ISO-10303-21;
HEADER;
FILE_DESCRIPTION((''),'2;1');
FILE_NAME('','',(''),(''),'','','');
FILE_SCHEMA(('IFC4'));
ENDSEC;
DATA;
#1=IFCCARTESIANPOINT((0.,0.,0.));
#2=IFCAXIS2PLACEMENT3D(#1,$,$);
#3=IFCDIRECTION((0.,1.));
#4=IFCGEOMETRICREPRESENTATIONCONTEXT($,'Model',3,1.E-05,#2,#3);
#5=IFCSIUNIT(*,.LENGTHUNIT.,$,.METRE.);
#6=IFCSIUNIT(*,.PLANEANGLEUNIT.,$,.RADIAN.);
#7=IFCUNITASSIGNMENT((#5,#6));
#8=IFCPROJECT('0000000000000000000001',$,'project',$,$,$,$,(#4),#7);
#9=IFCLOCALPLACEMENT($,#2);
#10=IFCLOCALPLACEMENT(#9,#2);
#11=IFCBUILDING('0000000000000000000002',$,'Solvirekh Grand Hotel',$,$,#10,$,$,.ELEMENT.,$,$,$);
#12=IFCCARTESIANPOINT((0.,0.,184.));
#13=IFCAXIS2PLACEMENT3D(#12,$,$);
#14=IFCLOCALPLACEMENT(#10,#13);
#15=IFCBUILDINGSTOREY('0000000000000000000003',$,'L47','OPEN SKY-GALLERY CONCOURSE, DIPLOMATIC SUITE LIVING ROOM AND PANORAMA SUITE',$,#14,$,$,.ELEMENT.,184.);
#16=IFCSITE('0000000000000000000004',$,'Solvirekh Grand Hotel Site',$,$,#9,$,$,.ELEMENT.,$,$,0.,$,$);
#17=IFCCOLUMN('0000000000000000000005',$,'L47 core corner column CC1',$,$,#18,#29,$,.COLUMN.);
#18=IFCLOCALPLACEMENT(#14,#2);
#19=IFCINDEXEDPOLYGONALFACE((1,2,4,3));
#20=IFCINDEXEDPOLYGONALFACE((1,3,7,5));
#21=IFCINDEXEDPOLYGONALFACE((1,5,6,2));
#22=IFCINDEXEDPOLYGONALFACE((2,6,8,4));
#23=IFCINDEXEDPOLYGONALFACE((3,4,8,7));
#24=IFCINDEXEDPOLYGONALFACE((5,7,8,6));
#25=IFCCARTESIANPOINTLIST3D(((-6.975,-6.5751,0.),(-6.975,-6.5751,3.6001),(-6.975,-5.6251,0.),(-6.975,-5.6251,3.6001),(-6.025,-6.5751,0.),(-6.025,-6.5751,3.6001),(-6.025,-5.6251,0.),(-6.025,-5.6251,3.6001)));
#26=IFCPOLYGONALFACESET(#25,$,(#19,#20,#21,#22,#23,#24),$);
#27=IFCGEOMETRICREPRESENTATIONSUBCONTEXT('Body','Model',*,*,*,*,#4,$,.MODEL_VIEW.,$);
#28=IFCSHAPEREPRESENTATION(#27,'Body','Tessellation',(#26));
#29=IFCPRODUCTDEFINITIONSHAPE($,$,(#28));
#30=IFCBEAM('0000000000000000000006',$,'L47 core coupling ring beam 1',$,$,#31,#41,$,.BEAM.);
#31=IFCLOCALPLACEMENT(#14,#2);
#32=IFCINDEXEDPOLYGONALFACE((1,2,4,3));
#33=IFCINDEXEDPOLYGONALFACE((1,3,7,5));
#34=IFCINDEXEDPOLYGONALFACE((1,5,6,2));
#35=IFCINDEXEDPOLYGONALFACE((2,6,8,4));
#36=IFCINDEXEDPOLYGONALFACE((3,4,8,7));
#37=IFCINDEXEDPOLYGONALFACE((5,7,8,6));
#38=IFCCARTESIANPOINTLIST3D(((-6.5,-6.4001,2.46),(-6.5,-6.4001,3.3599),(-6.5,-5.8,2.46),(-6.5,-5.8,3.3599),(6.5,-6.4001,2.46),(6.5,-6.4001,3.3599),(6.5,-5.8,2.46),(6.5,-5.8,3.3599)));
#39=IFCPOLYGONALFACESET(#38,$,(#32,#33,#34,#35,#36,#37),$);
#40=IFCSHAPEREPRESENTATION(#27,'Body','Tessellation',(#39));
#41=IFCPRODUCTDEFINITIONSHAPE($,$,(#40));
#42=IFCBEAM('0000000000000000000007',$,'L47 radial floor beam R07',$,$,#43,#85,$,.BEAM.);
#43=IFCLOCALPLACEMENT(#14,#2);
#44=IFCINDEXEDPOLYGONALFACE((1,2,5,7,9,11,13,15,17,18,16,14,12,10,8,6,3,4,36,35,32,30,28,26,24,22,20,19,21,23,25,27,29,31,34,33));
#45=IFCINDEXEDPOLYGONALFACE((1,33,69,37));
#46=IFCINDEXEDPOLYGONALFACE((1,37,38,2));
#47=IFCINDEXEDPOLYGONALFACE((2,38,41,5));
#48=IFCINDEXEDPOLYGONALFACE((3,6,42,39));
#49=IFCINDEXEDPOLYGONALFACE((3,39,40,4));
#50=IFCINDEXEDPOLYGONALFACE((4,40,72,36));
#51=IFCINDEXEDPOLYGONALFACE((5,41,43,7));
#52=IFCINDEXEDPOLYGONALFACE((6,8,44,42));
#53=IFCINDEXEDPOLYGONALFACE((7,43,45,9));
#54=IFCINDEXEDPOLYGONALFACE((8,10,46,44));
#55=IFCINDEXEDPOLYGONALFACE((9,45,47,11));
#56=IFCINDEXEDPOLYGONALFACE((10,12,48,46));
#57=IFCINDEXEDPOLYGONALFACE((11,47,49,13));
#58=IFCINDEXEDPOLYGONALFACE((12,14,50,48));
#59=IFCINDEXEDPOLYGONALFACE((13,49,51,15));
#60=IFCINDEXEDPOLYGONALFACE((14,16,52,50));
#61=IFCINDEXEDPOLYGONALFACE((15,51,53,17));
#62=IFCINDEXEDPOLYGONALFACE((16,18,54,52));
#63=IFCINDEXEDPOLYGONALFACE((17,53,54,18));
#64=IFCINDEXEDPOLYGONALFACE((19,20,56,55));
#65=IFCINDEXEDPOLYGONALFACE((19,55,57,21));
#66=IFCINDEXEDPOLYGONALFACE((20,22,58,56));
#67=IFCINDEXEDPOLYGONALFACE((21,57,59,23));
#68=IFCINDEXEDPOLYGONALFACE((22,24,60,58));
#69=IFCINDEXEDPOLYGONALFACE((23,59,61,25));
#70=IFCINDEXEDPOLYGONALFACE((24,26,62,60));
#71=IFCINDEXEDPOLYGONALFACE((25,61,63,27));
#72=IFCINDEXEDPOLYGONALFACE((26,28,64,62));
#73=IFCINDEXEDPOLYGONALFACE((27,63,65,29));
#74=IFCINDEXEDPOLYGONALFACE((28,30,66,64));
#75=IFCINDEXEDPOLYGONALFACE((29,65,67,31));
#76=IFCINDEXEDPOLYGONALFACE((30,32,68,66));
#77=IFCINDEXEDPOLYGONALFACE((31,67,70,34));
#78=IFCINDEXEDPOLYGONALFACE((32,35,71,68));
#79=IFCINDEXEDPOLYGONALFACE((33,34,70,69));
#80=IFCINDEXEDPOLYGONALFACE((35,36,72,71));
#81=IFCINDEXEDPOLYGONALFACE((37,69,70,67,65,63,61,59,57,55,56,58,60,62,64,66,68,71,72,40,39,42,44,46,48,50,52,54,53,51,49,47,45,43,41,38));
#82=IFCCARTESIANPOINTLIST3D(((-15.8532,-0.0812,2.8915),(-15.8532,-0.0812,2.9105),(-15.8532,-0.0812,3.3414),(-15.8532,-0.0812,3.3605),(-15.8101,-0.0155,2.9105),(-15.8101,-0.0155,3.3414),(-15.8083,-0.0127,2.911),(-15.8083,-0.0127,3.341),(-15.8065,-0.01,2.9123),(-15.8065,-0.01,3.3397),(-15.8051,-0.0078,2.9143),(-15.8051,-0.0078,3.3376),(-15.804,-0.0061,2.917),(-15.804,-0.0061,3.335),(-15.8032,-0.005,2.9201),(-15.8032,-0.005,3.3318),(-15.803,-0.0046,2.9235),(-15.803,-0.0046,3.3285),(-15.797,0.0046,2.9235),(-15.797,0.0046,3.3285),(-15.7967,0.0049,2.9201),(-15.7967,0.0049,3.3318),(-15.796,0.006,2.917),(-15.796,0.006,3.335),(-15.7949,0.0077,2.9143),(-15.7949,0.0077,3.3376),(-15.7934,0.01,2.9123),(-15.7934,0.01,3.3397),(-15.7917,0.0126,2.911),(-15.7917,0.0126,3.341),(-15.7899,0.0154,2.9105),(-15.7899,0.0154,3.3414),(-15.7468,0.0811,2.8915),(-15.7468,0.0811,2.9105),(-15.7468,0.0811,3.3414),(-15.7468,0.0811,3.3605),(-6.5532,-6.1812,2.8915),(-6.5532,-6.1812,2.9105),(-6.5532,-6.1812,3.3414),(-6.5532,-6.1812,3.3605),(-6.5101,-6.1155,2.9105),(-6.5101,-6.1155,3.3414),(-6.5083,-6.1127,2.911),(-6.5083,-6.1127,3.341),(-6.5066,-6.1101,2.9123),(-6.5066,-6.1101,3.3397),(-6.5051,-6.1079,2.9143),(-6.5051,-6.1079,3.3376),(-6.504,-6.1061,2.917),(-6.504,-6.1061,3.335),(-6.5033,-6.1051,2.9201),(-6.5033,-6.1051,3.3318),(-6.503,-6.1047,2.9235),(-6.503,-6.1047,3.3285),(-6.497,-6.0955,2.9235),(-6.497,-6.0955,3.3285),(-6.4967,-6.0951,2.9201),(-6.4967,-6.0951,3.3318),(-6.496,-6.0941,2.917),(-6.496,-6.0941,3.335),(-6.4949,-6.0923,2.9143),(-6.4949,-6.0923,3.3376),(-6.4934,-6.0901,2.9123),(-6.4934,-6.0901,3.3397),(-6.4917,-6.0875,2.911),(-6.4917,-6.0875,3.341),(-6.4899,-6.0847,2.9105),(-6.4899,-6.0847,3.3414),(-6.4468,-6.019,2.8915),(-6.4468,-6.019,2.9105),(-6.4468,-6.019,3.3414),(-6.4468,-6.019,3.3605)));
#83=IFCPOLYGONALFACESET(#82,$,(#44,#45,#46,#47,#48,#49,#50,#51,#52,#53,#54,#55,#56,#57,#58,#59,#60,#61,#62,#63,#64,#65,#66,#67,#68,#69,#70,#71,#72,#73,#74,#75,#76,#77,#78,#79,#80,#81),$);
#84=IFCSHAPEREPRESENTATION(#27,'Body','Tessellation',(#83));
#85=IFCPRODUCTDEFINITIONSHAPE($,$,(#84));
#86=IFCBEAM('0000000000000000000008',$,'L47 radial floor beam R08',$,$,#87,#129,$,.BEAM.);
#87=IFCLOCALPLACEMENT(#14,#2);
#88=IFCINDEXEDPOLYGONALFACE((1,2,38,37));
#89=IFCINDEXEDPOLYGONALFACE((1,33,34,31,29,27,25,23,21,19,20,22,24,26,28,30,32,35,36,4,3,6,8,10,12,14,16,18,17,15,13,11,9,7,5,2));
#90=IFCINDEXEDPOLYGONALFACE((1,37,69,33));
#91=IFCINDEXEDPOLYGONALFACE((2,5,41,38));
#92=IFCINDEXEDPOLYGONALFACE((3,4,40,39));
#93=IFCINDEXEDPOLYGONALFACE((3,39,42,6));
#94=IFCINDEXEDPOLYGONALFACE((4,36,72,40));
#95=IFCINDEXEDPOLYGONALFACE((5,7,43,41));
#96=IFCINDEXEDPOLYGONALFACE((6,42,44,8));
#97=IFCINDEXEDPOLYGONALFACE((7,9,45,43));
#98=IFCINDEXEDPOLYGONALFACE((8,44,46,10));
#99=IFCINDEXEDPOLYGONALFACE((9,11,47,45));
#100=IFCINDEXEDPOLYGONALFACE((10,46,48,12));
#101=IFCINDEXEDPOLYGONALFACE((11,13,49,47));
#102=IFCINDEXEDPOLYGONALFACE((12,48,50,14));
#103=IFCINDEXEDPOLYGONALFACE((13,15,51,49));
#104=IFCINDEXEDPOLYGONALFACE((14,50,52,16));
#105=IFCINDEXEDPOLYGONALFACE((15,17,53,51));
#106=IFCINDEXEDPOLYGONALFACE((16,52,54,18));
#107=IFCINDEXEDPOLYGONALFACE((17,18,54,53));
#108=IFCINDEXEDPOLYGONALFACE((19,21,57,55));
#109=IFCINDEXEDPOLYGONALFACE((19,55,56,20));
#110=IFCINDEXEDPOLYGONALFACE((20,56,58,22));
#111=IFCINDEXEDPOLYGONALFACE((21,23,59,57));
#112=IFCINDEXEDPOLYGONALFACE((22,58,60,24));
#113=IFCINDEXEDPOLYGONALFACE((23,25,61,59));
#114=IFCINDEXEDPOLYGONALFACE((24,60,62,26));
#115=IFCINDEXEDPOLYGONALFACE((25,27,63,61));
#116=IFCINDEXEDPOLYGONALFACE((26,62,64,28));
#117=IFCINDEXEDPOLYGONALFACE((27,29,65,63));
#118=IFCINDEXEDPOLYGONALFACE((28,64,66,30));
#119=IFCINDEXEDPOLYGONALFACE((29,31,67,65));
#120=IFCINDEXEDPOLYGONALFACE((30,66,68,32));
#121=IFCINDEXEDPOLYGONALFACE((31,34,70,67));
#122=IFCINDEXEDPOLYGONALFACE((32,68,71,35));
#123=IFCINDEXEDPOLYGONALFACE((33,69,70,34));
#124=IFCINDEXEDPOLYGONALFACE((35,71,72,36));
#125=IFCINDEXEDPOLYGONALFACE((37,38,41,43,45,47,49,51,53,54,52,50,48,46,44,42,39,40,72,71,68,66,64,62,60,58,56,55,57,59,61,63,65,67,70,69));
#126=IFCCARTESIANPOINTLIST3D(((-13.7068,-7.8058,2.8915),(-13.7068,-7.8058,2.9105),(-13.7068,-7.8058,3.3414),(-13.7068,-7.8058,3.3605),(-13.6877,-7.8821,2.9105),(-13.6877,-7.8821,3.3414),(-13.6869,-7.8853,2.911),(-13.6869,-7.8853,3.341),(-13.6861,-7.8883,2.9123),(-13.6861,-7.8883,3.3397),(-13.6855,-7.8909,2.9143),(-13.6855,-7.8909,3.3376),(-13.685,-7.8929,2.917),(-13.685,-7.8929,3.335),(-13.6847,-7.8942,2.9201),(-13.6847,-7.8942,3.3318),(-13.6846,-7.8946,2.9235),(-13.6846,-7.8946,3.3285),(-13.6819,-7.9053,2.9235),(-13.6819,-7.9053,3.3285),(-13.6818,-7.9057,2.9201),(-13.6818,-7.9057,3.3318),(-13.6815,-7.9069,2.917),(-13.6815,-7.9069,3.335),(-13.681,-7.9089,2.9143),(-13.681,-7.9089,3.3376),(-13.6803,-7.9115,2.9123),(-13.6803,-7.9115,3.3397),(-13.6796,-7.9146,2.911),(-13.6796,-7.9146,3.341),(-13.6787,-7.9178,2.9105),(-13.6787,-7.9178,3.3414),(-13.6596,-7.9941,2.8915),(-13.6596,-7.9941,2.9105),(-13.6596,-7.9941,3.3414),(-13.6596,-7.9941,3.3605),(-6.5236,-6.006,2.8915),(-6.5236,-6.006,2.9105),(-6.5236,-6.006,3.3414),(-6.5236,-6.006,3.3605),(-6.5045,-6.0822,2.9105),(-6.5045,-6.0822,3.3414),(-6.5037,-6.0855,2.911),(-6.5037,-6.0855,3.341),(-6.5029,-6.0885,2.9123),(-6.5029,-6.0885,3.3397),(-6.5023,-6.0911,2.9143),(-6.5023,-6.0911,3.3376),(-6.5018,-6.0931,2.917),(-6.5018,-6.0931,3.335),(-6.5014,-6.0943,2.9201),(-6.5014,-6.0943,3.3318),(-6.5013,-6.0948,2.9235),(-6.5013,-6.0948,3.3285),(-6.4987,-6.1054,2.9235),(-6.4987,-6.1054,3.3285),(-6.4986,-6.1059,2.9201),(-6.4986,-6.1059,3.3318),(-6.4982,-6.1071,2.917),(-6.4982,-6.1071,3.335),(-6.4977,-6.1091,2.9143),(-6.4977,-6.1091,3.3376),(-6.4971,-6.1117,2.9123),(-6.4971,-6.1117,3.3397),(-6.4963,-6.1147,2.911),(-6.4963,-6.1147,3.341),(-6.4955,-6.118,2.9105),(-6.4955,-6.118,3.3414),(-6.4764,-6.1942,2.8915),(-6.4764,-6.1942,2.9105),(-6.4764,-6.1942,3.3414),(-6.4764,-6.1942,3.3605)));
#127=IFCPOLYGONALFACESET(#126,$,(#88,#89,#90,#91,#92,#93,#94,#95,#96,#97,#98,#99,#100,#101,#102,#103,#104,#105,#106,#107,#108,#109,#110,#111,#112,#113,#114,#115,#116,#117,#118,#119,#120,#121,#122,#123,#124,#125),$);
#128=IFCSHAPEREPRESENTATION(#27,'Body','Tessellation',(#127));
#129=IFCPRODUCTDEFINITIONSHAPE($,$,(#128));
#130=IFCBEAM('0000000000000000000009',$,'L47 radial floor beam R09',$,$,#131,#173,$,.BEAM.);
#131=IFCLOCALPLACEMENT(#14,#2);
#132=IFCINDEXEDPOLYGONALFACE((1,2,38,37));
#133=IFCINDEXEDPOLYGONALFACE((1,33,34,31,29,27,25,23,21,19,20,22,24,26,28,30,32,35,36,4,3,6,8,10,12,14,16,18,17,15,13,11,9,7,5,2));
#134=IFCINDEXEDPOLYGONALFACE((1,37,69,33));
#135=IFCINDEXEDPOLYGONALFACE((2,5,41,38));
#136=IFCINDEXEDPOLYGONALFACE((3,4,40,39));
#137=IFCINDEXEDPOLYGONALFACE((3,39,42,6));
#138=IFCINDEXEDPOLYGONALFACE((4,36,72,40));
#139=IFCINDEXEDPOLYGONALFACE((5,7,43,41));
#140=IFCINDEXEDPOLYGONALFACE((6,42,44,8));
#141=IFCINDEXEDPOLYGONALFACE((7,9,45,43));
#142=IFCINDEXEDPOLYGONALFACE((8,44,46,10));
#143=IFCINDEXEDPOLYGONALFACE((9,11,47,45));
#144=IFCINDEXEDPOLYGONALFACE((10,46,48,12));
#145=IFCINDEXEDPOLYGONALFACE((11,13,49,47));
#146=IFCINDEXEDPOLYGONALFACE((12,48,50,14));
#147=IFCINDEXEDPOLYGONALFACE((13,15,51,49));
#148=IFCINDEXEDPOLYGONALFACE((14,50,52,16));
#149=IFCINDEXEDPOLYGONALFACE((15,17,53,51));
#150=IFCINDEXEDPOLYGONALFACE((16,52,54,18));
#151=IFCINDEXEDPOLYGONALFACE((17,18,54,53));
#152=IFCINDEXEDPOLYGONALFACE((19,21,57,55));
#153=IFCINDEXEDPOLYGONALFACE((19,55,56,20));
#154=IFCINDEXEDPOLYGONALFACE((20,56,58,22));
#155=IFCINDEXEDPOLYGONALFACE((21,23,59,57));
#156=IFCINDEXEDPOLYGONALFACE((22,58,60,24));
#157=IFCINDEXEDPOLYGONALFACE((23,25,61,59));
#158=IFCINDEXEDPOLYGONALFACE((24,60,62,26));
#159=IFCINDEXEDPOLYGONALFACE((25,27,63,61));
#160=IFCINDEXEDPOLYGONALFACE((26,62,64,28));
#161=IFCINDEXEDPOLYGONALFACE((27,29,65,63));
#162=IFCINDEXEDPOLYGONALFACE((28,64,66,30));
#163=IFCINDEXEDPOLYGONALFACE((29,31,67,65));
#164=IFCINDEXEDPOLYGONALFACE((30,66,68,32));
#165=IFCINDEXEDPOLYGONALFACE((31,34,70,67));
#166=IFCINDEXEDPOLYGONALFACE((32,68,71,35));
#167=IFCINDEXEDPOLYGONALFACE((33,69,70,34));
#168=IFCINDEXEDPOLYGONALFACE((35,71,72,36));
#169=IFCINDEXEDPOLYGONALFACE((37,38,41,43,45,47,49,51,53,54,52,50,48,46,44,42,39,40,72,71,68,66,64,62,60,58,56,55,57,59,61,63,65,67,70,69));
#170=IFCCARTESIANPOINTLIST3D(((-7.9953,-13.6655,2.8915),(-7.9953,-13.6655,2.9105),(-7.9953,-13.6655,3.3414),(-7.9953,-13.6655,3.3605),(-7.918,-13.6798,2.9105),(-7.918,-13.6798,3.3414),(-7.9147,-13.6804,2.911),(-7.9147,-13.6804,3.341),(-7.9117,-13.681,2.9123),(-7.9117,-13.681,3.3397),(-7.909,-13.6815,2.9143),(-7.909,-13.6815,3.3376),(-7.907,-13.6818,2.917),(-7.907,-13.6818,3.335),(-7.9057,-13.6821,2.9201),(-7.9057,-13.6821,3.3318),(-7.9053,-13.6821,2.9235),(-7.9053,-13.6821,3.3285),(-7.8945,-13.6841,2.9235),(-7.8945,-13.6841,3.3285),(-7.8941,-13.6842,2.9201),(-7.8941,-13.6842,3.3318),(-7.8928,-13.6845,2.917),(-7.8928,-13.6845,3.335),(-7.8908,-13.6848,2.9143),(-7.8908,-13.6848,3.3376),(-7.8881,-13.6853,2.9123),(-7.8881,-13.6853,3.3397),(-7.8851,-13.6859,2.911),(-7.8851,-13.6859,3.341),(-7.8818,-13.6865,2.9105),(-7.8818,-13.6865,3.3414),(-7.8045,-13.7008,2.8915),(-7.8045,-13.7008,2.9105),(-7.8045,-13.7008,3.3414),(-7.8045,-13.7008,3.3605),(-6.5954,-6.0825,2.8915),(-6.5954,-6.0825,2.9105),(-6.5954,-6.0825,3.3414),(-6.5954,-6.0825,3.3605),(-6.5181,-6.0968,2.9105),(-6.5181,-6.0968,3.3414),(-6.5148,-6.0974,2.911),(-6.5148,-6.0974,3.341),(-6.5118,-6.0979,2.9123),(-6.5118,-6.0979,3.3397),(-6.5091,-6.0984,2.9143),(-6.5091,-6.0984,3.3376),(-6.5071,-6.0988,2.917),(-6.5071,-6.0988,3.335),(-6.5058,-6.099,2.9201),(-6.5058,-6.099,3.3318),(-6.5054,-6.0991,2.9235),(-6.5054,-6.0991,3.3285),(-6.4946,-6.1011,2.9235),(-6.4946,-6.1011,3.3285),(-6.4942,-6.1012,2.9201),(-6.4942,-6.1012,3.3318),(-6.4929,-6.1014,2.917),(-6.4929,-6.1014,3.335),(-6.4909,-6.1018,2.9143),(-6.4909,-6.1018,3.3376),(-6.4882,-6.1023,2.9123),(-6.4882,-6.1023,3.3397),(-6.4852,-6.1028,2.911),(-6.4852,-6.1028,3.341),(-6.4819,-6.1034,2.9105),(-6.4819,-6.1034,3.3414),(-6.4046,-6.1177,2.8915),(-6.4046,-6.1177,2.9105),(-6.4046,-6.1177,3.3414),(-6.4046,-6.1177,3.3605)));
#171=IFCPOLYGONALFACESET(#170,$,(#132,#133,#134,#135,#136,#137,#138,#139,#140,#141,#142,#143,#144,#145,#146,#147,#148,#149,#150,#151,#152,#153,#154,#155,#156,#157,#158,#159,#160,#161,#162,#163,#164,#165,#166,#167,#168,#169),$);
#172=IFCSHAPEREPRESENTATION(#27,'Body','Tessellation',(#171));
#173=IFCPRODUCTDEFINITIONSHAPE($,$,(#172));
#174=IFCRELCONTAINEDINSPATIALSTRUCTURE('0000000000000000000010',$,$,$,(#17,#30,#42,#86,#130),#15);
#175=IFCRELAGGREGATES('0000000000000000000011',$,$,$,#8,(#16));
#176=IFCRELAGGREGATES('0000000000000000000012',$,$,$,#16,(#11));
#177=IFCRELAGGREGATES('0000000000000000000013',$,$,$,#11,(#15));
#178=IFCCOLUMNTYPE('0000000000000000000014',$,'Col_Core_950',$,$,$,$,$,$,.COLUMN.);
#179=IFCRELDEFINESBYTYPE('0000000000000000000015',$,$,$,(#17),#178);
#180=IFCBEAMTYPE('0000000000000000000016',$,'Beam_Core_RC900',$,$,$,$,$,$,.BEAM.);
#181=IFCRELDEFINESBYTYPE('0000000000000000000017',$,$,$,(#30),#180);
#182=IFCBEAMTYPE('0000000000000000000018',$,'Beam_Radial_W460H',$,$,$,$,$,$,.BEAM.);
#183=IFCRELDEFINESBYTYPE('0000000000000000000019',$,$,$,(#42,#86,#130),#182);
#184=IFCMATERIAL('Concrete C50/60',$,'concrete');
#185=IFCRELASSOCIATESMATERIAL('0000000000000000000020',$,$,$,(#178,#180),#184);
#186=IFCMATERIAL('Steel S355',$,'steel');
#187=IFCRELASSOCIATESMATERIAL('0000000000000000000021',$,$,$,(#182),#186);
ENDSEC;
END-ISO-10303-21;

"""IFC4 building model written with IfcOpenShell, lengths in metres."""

from ifc_helpers import new_model, si_unit, direction, frame, origin, origin_2d, place, context, subcontext, project, spatial, rectangle, i_section, extrude, material, material_profile, profile_set, type_object, element, save


model = new_model("IFC4")

# Units and contexts
model_context = context("Model", 3, precision=1e-05, world=origin(), true_north=direction((0.0, 1.0)))
body_context = subcontext(model_context, "Body", "Model", "MODEL_VIEW")
ifc_project = project(units=[si_unit("LENGTHUNIT", "METRE"), si_unit("PLANEANGLEUNIT", "RADIAN")], contexts=[model_context])

# Site, building, storey
site_placement = place(None, origin())
site = spatial("IfcSite", under=ifc_project, at=site_placement, Name="Solvirekh Grand Hotel Site", CompositionType="ELEMENT", RefElevation=0.0)
building_placement = place(site_placement, origin())
building = spatial("IfcBuilding", under=site, at=building_placement, Name="Solvirekh Grand Hotel", CompositionType="ELEMENT")
storey_placement = place(building_placement, frame((0.0, 0.0, 184.0)))
storey = spatial("IfcBuildingStorey", under=building, at=storey_placement, Name="L47", Description="OPEN SKY-GALLERY CONCOURSE, DIPLOMATIC SUITE LIVING ROOM AND PANORAMA SUITE", CompositionType="ELEMENT", Elevation=184.0)

# Column
ifc_material_1 = material(Name="Concrete C50/60", Category="concrete")
ifc_material_profile_1 = material_profile(ifc_material_1, rectangle(XDim=0.95, YDim=0.95, at=origin_2d()), Name="RC 950X950")
ifc_profile_set_1 = profile_set([ifc_material_profile_1], Name="Concrete C50/60")
column_type = type_object("IfcColumnType", Name="Col_Core_950", PredefinedType="COLUMN", material=ifc_profile_set_1)
column_placement = place(storey_placement, frame((-6.5, -6.1001, 0.0), z_axis=(0.0, 0.0, 1.0), x_axis=(1.0, 0.0, 0.0)))
element("IfcColumn", 1, at=column_placement, inside=storey, type_object=column_type, Name="L47 core corner column CC1", PredefinedType="COLUMN", context=body_context, shape_type="SweptSolid", body=[
    extrude(rectangle(XDim=0.95, YDim=0.95, at=origin_2d()), origin(), (0.0, 0.0, 1.0), 3.6001),
])

# Beams
ifc_material_profile_2 = material_profile(ifc_material_1, rectangle(XDim=0.6001, YDim=0.8999, at=origin_2d()), Name="RC BEAM 600X900")
ifc_profile_set_2 = profile_set([ifc_material_profile_2], Name="Concrete C50/60")
beam_type_1 = type_object("IfcBeamType", Name="Beam_Core_RC900", PredefinedType="BEAM", material=ifc_profile_set_2)
beam_1_placement = place(storey_placement, frame((-6.5, -6.1001, 2.9099), z_axis=(1.0, 0.0, 0.0), x_axis=(0.0, 1.0, 0.0)))
element("IfcBeam", 2, at=beam_1_placement, inside=storey, type_object=beam_type_1, Name="L47 core coupling ring beam 1", PredefinedType="BEAM", context=body_context, shape_type="SweptSolid", body=[
    extrude(rectangle(XDim=0.6001, YDim=0.8999, at=origin_2d()), origin(), (0.0, 0.0, 1.0), 13.0),
])
ifc_material_2 = material(Name="Steel S355", Category="steel")
ifc_material_profile_3 = material_profile(ifc_material_2, i_section(OverallWidth=0.1941, OverallDepth=0.469, WebThickness=0.011, FlangeThickness=0.019, FilletRadius=0.0129, at=origin_2d()), Name="W460X106")
ifc_profile_set_3 = profile_set([ifc_material_profile_3], Name="Steel S355")
beam_type_2 = type_object("IfcBeamType", Name="Beam_Radial_W460H", PredefinedType="BEAM", material=ifc_profile_set_3)
beam_2_placement = place(storey_placement, frame((-6.5, -6.1001, 3.126), z_axis=(-0.836174, 0.548464, 0.0), x_axis=(-0.548464, -0.836174, 0.0)))
element("IfcBeam", 3, at=beam_2_placement, inside=storey, type_object=beam_type_2, Name="L47 radial floor beam R07", PredefinedType="BEAM", context=body_context, shape_type="SweptSolid", body=[
    extrude(i_section(OverallWidth=0.1941, OverallDepth=0.469, WebThickness=0.011, FlangeThickness=0.019, FilletRadius=0.0129, at=origin_2d()), origin(), (0.0, 0.0, 1.0), 11.1221),
])
beam_3_placement = place(storey_placement, frame((-6.5, -6.1001, 3.126), z_axis=(-0.970014, -0.243048, 0.0), x_axis=(0.243048, -0.970014, 0.0)))
element("IfcBeam", 4, at=beam_3_placement, inside=storey, type_object=beam_type_2, Name="L47 radial floor beam R08", PredefinedType="BEAM", context=body_context, shape_type="SweptSolid", body=[
    extrude(i_section(OverallWidth=0.1941, OverallDepth=0.469, WebThickness=0.011, FlangeThickness=0.019, FilletRadius=0.0129, at=origin_2d()), origin(), (0.0, 0.0, 1.0), 7.4053),
])
beam_4_placement = place(storey_placement, frame((-6.5, -6.1001, 3.126), z_axis=(-0.181543, -0.983383, 0.0), x_axis=(0.983383, -0.181543, 0.0)))
element("IfcBeam", 5, at=beam_4_placement, inside=storey, type_object=beam_type_2, Name="L47 radial floor beam R09", PredefinedType="BEAM", context=body_context, shape_type="SweptSolid", body=[
    extrude(i_section(OverallWidth=0.1941, OverallDepth=0.469, WebThickness=0.011, FlangeThickness=0.019, FilletRadius=0.0129, at=origin_2d()), origin(), (0.0, 0.0, 1.0), 7.7112),
])

save(model, "model.ifc")
